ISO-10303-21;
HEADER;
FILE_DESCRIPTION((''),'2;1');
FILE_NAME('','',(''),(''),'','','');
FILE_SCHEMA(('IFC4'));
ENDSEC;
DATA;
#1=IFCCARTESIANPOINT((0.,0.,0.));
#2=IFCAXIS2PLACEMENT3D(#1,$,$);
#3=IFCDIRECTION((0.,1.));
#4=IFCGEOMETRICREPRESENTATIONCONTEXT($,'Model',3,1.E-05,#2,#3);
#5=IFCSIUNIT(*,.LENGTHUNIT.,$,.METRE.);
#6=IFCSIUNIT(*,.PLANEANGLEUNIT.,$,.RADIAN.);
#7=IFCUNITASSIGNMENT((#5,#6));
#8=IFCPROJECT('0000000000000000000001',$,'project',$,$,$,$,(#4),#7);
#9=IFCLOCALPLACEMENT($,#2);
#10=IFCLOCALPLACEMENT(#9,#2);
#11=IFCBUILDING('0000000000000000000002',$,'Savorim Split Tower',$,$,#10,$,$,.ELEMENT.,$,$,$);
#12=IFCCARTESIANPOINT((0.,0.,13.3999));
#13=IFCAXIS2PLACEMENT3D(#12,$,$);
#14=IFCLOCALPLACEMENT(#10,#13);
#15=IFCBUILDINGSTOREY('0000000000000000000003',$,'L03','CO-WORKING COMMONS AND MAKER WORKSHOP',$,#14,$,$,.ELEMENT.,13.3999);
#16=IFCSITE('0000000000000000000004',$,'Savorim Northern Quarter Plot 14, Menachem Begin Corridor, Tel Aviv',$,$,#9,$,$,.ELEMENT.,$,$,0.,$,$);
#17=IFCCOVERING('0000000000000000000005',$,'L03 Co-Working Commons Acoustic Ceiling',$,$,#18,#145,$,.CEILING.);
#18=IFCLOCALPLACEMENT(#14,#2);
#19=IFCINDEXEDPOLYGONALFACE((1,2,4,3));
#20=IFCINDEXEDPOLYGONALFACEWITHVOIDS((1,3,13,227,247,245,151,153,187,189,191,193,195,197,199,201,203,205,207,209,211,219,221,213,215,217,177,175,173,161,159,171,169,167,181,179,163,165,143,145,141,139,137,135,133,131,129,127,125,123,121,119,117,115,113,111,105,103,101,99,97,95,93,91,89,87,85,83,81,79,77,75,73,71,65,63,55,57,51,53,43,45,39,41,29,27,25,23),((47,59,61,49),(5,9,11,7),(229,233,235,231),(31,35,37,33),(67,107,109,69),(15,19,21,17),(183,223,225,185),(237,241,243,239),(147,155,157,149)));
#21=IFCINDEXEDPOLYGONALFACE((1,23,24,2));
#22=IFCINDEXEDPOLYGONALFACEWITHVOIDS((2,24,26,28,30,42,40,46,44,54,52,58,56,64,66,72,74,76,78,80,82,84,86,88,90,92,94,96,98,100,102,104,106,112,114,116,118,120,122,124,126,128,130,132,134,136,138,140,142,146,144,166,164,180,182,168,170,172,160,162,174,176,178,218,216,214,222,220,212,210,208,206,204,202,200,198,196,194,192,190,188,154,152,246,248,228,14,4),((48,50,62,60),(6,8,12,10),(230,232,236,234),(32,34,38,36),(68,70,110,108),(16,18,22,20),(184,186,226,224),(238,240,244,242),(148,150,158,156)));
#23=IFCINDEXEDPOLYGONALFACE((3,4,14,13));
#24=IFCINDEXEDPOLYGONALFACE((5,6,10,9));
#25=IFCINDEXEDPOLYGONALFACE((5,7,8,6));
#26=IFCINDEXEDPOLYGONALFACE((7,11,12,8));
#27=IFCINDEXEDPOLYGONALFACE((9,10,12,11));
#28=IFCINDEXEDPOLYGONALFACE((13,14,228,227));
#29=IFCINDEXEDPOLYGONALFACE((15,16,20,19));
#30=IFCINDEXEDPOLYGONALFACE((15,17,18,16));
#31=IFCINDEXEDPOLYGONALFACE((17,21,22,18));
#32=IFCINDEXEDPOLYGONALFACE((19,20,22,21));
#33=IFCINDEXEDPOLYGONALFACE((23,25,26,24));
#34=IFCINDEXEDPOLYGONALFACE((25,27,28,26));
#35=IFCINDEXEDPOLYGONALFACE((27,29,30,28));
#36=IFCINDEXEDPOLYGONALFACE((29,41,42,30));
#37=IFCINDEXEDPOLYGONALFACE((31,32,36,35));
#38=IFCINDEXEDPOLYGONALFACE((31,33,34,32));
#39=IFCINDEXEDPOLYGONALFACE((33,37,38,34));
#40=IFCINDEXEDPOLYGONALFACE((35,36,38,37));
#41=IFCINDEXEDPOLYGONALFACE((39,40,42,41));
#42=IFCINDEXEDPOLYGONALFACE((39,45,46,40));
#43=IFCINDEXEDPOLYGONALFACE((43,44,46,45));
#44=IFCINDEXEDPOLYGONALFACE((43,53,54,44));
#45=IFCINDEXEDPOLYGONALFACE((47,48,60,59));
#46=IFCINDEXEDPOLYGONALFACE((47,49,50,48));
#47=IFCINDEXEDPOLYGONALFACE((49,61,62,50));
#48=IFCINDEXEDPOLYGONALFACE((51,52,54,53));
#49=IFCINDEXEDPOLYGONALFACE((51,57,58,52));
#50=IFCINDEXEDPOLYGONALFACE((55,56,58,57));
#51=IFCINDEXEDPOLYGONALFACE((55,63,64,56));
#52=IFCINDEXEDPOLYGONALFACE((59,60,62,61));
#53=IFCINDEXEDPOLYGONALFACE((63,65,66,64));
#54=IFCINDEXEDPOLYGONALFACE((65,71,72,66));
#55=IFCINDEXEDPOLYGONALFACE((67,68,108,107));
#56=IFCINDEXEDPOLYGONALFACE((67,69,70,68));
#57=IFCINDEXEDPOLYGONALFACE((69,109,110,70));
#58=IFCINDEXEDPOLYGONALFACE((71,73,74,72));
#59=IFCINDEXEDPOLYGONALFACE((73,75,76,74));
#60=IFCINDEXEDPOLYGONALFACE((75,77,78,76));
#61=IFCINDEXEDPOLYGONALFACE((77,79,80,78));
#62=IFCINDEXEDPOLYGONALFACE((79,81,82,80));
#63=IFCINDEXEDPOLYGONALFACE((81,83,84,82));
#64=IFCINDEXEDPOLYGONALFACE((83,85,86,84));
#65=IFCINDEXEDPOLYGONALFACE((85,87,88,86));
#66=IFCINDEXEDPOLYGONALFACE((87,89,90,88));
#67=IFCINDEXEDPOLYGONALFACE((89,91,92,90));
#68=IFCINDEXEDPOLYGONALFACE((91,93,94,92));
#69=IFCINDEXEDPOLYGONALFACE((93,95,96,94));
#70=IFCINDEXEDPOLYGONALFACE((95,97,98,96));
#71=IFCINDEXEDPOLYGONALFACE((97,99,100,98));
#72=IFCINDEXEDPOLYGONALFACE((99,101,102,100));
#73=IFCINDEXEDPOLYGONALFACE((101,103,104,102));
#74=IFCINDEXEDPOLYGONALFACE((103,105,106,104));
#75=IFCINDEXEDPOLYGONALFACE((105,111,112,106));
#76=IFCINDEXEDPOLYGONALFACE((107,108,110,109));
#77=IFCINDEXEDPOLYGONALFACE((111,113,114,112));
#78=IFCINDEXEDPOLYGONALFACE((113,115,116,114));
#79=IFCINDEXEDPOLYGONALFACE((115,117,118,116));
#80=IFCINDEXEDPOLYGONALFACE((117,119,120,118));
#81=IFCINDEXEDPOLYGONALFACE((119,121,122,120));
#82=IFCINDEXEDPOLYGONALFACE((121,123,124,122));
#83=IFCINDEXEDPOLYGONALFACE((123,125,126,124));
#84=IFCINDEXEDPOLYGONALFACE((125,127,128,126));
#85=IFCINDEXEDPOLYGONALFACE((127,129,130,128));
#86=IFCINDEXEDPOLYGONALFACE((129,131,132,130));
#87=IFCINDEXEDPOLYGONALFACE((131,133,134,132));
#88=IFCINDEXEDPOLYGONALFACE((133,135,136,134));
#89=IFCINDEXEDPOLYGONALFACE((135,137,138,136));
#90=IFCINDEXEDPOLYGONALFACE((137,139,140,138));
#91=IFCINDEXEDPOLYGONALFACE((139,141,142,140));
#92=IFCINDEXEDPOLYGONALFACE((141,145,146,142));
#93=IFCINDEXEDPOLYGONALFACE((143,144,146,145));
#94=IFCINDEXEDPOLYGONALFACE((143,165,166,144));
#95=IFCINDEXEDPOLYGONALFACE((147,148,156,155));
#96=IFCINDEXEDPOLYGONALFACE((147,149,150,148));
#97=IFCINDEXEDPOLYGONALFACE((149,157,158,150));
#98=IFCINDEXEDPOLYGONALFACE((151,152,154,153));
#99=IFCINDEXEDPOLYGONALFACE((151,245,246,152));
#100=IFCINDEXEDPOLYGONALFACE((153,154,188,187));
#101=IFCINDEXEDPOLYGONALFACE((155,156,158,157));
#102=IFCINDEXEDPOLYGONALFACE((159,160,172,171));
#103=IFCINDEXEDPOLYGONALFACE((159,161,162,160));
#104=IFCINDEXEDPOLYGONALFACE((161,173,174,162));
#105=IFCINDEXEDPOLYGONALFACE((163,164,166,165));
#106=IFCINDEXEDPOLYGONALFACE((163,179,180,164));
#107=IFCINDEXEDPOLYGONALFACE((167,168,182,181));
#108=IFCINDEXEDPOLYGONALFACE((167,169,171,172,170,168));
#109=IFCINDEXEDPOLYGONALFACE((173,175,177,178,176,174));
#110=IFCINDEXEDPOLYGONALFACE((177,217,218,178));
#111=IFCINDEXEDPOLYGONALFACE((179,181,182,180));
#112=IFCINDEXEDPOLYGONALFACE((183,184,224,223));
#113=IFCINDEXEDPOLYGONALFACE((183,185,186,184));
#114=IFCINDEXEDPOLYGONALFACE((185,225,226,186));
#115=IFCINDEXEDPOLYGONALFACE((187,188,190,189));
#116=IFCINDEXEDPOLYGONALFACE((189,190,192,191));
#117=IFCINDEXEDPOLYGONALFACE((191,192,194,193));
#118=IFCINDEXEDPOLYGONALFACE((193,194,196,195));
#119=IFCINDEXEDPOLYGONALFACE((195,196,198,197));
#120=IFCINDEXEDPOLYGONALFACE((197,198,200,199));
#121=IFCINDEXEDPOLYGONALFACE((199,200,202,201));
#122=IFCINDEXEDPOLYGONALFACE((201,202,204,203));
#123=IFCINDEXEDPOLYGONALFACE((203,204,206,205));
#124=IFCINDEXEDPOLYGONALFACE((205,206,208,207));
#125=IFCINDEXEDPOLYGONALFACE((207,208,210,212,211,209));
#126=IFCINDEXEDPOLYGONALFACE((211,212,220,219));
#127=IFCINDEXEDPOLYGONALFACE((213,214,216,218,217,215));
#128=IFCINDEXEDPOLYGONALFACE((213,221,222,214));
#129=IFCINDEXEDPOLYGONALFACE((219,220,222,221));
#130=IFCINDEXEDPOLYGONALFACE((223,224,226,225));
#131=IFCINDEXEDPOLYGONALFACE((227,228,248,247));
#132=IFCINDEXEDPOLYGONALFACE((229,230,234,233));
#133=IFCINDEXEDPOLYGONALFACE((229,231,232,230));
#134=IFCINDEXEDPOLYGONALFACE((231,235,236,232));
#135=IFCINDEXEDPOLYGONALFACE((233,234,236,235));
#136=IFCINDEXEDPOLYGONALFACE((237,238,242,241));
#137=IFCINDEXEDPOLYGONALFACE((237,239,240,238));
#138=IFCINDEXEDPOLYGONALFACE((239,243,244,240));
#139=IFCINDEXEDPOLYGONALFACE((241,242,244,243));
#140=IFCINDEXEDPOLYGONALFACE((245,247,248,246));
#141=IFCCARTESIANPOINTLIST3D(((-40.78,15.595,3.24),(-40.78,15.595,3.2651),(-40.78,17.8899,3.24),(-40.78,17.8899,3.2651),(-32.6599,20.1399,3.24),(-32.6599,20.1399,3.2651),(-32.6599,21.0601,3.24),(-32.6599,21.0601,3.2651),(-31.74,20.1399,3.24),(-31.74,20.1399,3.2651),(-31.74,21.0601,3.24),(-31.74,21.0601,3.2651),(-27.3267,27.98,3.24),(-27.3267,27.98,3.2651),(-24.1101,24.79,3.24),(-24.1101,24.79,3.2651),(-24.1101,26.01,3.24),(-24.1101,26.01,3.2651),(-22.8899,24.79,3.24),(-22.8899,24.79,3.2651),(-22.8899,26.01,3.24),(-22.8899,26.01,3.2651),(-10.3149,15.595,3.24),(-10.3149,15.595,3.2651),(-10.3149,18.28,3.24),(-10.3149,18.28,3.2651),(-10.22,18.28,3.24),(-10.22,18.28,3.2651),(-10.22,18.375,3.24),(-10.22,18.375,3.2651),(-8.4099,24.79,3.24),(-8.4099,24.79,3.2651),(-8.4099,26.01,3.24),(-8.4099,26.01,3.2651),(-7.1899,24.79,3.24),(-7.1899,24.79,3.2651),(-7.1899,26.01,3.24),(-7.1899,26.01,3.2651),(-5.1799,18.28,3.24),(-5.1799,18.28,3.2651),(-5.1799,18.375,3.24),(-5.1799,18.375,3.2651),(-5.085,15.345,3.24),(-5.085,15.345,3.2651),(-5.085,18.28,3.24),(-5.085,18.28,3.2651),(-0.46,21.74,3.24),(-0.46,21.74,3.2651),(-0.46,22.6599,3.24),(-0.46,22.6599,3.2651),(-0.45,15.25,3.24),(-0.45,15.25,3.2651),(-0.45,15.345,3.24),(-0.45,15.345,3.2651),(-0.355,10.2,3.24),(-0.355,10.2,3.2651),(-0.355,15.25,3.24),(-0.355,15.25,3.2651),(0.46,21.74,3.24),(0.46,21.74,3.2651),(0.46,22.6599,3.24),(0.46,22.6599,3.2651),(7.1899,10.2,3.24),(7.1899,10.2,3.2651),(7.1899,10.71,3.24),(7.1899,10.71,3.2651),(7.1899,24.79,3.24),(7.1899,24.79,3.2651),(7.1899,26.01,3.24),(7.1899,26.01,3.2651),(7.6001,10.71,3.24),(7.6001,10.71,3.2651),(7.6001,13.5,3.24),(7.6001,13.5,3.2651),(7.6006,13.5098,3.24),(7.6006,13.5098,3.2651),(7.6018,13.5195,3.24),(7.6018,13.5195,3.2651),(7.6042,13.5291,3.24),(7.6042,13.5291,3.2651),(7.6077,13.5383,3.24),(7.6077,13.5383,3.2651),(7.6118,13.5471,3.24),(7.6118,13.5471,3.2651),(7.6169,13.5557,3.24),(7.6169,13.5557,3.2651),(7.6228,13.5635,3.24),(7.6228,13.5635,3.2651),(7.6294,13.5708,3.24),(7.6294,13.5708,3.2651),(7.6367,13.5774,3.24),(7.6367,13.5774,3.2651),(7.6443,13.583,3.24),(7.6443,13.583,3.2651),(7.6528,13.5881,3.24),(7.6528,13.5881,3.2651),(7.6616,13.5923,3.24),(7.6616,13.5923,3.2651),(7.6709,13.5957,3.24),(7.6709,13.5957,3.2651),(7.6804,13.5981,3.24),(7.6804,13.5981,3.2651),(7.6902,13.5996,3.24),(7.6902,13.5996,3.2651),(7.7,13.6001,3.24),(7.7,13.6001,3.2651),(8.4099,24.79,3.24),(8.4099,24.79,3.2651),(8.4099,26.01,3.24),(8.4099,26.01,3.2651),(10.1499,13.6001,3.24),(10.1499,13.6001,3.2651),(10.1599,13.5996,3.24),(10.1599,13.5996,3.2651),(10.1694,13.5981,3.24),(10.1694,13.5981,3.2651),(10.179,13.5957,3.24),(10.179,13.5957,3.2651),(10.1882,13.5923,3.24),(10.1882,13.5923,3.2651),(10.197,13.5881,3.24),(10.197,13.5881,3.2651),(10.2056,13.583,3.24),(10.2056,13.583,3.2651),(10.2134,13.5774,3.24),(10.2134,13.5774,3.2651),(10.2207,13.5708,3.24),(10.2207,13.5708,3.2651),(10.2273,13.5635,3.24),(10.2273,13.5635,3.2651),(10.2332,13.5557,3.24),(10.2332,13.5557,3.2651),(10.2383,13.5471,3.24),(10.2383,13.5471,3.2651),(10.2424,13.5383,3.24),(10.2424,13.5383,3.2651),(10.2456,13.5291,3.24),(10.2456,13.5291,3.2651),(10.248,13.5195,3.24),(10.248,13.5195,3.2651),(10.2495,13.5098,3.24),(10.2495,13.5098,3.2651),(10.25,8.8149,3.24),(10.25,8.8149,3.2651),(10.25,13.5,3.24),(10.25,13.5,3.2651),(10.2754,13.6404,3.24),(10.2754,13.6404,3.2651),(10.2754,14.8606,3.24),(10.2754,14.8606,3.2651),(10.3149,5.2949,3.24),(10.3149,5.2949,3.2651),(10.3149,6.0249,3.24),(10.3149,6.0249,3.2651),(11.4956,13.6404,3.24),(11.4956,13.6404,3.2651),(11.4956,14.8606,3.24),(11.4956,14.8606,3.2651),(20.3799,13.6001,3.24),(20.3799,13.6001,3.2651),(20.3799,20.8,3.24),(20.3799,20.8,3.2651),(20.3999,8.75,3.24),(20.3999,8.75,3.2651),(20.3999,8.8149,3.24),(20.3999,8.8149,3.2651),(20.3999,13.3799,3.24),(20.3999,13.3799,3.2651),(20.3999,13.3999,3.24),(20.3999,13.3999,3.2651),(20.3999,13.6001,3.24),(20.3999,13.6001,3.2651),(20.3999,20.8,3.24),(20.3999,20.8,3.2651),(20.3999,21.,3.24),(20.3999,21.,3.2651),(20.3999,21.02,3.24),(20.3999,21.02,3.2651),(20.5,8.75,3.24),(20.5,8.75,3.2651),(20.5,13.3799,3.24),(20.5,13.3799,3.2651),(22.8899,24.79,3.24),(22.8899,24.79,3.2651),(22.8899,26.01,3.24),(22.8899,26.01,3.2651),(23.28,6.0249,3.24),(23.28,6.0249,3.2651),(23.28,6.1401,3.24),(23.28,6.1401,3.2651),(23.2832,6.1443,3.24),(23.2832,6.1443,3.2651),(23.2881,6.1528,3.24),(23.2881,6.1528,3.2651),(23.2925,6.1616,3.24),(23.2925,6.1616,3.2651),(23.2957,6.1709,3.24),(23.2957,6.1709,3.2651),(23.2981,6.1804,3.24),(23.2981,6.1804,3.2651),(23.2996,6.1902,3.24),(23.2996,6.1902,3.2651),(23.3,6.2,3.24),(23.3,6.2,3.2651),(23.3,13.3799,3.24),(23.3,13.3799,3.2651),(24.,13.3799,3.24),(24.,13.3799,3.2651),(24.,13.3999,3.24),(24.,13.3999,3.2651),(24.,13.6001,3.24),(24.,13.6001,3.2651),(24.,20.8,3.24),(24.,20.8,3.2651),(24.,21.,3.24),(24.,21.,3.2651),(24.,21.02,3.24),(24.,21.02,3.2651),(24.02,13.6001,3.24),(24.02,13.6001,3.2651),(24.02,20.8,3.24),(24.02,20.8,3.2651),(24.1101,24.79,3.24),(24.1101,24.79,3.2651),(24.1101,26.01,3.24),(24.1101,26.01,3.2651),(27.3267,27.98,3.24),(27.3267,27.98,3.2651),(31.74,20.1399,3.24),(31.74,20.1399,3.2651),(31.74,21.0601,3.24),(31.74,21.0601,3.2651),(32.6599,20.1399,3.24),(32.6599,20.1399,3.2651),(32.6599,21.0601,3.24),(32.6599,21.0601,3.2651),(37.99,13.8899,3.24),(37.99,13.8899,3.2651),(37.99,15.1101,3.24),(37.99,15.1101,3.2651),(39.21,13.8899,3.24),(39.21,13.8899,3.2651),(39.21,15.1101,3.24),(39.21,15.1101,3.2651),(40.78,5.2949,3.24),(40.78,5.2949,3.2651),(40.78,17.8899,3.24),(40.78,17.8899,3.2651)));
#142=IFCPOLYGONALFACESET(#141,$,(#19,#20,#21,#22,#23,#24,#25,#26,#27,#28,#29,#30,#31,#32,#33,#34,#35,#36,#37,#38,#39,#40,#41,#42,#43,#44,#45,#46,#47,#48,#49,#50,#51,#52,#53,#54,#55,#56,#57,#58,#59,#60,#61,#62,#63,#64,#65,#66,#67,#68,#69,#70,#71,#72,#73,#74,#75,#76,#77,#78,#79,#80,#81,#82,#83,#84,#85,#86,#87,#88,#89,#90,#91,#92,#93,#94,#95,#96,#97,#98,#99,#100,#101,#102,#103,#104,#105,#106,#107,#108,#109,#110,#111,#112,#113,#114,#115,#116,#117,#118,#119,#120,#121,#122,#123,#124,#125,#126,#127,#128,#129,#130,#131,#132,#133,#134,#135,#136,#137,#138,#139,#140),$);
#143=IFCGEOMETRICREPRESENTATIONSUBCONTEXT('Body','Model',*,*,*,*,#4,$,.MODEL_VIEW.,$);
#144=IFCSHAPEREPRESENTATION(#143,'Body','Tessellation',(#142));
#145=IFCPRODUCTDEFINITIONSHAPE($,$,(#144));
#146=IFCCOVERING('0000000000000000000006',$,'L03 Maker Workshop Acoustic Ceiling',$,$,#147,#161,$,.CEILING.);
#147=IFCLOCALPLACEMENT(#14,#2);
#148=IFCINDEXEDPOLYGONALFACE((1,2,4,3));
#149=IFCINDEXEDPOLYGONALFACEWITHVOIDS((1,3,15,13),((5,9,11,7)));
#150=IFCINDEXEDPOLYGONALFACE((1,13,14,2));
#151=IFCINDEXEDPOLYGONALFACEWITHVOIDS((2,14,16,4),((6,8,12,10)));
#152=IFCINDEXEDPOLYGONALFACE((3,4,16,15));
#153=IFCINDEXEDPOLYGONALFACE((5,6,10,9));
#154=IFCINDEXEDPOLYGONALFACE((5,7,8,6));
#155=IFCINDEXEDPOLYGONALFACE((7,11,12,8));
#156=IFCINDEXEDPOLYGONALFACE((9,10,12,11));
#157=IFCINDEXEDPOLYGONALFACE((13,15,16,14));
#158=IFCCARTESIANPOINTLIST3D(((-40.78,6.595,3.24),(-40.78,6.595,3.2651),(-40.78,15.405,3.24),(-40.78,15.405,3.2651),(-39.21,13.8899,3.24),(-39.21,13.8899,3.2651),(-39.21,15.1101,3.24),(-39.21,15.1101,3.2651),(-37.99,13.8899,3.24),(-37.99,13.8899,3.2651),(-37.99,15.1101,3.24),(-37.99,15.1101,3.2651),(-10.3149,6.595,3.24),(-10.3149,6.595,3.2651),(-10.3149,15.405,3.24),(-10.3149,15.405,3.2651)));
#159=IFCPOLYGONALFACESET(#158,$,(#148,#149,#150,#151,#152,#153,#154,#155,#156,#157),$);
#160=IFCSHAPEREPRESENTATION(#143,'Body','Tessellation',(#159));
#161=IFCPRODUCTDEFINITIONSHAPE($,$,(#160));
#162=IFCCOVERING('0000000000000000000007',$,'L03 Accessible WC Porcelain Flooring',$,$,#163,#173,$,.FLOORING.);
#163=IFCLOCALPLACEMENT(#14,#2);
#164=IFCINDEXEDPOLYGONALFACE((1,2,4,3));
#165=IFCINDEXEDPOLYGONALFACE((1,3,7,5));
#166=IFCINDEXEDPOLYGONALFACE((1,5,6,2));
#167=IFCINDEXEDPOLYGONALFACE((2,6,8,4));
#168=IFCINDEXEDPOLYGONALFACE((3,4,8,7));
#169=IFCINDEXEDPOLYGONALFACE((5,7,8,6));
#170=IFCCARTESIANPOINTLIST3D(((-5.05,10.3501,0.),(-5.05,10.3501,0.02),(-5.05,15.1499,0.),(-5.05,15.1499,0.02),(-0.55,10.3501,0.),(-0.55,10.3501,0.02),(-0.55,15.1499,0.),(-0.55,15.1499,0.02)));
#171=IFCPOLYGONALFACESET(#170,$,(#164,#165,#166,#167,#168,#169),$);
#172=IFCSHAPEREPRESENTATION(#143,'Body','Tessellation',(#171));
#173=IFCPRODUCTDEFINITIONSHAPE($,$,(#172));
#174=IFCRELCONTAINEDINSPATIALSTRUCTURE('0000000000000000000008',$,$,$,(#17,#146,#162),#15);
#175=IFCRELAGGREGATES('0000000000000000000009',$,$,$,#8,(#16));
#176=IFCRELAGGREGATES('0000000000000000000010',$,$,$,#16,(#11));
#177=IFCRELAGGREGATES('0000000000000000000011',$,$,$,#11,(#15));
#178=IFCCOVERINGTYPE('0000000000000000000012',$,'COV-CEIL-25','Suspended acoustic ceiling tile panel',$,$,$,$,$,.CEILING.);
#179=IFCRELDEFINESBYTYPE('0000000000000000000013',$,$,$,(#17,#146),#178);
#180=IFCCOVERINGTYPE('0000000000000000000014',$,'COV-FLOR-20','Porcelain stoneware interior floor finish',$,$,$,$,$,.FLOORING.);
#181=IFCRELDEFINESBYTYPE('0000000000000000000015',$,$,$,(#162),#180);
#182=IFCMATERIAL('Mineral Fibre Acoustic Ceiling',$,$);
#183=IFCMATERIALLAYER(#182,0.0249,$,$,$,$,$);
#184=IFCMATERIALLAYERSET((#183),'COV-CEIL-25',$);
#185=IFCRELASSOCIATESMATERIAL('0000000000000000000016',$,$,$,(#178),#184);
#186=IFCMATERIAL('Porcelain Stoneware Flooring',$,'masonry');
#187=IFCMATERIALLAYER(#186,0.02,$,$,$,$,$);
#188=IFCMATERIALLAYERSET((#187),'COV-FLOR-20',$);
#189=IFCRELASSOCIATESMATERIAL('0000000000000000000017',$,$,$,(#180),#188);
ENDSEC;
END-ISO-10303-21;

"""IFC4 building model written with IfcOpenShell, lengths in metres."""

from ifc_helpers import new_model, si_unit, direction, frame, origin, place, context, subcontext, project, spatial, polyline, outline, extrude, material, layer, layer_set, type_object, element, save


model = new_model("IFC4")

# Units and contexts
model_context = context("Model", 3, precision=1e-05, world=origin(), true_north=direction((0.0, 1.0)))
body_context = subcontext(model_context, "Body", "Model", "MODEL_VIEW")
ifc_project = project(units=[si_unit("LENGTHUNIT", "METRE"), si_unit("PLANEANGLEUNIT", "RADIAN")], contexts=[model_context])

# Site, building, storey
site_placement = place(None, origin())
site = spatial("IfcSite", under=ifc_project, at=site_placement, Name="Savorim Northern Quarter Plot 14, Menachem Begin Corridor, Tel Aviv", CompositionType="ELEMENT", RefElevation=0.0)
building_placement = place(site_placement, origin())
building = spatial("IfcBuilding", under=site, at=building_placement, Name="Savorim Split Tower", CompositionType="ELEMENT")
storey_placement = place(building_placement, frame((0.0, 0.0, 13.3999)))
storey = spatial("IfcBuildingStorey", under=building, at=storey_placement, Name="L03", Description="CO-WORKING COMMONS AND MAKER WORKSHOP", CompositionType="ELEMENT", Elevation=13.3999)

# Coverings
ifc_material_1 = material(Name="Mineral Fibre Acoustic Ceiling")
ifc_layer_1 = layer(ifc_material_1, 0.0249)
ifc_layer_set_1 = layer_set([ifc_layer_1], Name="COV-CEIL-25")
covering_type_1 = type_object("IfcCoveringType", Name="COV-CEIL-25", Description="Suspended acoustic ceiling tile panel", PredefinedType="CEILING", material=ifc_layer_set_1)
covering_1_placement = place(storey_placement, frame((0.0, 0.0, 3.24)))
element("IfcCovering", 1, at=covering_1_placement, inside=storey, type_object=covering_type_1, Name="L03 Co-Working Commons Acoustic Ceiling", PredefinedType="CEILING", context=body_context, shape_type="SweptSolid", body=[
    extrude(outline(polyline([(27.3267, 27.98), (-27.3267, 27.98), (-40.78, 17.8899), (-40.78, 15.595), (-10.3149, 15.595), (-10.3149, 18.28), (-10.22, 18.28), (-10.22, 18.375), (-5.1799, 18.375), (-5.1799, 18.28), (-5.085, 18.28), (-5.085, 15.345), (-0.45, 15.345), (-0.45, 15.25), (-0.355, 15.25), (-0.355, 10.2), (7.1899, 10.2), (7.1899, 10.71), (7.6001, 10.71), (7.6001, 13.5), (7.6006, 13.5098), (7.6018, 13.5195), (7.6042, 13.5291), (7.6077, 13.5383), (7.6118, 13.5471), (7.6169, 13.5557), (7.6228, 13.5635), (7.6294, 13.5708), (7.6367, 13.5774), (7.6443, 13.583), (7.6528, 13.5881), (7.6616, 13.5923), (7.6709, 13.5957), (7.6804, 13.5981), (7.6902, 13.5996), (7.7, 13.6001), (10.1499, 13.6001), (10.1599, 13.5996), (10.1694, 13.5981), (10.179, 13.5957), (10.1882, 13.5923), (10.197, 13.5881), (10.2056, 13.583), (10.2134, 13.5774), (10.2207, 13.5708), (10.2273, 13.5635), (10.2332, 13.5557), (10.2383, 13.5471), (10.2424, 13.5383), (10.2456, 13.5291), (10.248, 13.5195), (10.2495, 13.5098), (10.25, 13.5), (10.25, 8.8149), (20.3999, 8.8149), (20.3999, 8.75), (20.5, 8.75), (20.5, 13.3799), (20.3999, 13.3799), (20.3999, 13.3999), (20.3999, 13.6001), (20.3799, 13.6001), (20.3799, 20.8), (20.3999, 20.8), (20.3999, 21.0), (20.3999, 21.02), (24.0, 21.02), (24.0, 21.0), (24.0, 20.8), (24.02, 20.8), (24.02, 13.6001), (24.0, 13.6001), (24.0, 13.3999), (24.0, 13.3799), (23.3, 13.3799), (23.3, 6.2), (23.2996, 6.1902), (23.2981, 6.1804), (23.2957, 6.1709), (23.2925, 6.1616), (23.2881, 6.1528), (23.2832, 6.1443), (23.28, 6.1401), (23.28, 6.0249), (10.3149, 6.0249), (10.3149, 5.2949), (40.78, 5.2949), (40.78, 17.8899), (27.3267, 27.98)]), holes=[polyline([(37.99, 13.8899), (39.21, 13.8899), (39.21, 15.1101), (37.99, 15.1101), (37.99, 13.8899)]), polyline([(22.8899, 24.79), (24.1101, 24.79), (24.1101, 26.01), (22.8899, 26.01), (22.8899, 24.79)]), polyline([(7.1899, 24.79), (8.4099, 24.79), (8.4099, 26.01), (7.1899, 26.01), (7.1899, 24.79)]), polyline([(-7.1899, 24.79), (-7.1899, 26.01), (-8.4099, 26.01), (-8.4099, 24.79), (-7.1899, 24.79)]), polyline([(-22.8899, 26.01), (-24.1101, 26.01), (-24.1101, 24.79), (-22.8899, 24.79), (-22.8899, 26.01)]), polyline([(10.2754, 14.8606), (10.2754, 13.6404), (11.4956, 13.6404), (11.4956, 14.8606), (10.2754, 14.8606)]), polyline([(31.74, 20.1399), (32.6599, 20.1399), (32.6599, 21.0601), (31.74, 21.0601), (31.74, 20.1399)]), polyline([(-31.74, 20.1399), (-31.74, 21.0601), (-32.6599, 21.0601), (-32.6599, 20.1399), (-31.74, 20.1399)]), polyline([(-0.46, 22.6599), (-0.46, 21.74), (0.46, 21.74), (0.46, 22.6599), (-0.46, 22.6599)])]), origin(), (0.0, 0.0, 1.0), 0.0251),
])
covering_2_placement = place(storey_placement, frame((0.0, 0.0, 3.24)))
element("IfcCovering", 2, at=covering_2_placement, inside=storey, type_object=covering_type_1, Name="L03 Maker Workshop Acoustic Ceiling", PredefinedType="CEILING", context=body_context, shape_type="SweptSolid", body=[
    extrude(outline(polyline([(-10.3149, 6.595), (-10.3149, 15.405), (-40.78, 15.405), (-40.78, 6.595), (-10.3149, 6.595)]), holes=[polyline([(-37.99, 15.1101), (-39.21, 15.1101), (-39.21, 13.8899), (-37.99, 13.8899), (-37.99, 15.1101)])]), origin(), (0.0, 0.0, 1.0), 0.0251),
])
ifc_material_2 = material(Name="Porcelain Stoneware Flooring", Category="masonry")
ifc_layer_2 = layer(ifc_material_2, 0.02)
ifc_layer_set_2 = layer_set([ifc_layer_2], Name="COV-FLOR-20")
covering_type_2 = type_object("IfcCoveringType", Name="COV-FLOR-20", Description="Porcelain stoneware interior floor finish", PredefinedType="FLOORING", material=ifc_layer_set_2)
covering_3_placement = place(storey_placement, origin())
element("IfcCovering", 3, at=covering_3_placement, inside=storey, type_object=covering_type_2, Name="L03 Accessible WC Porcelain Flooring", PredefinedType="FLOORING", context=body_context, shape_type="SweptSolid", body=[
    extrude(outline(polyline([(-5.05, 15.1499), (-5.05, 10.3501), (-0.55, 10.3501), (-0.55, 15.1499), (-5.05, 15.1499)])), origin(), (0.0, 0.0, 1.0), 0.02),
])

save(model, "model.ifc")
